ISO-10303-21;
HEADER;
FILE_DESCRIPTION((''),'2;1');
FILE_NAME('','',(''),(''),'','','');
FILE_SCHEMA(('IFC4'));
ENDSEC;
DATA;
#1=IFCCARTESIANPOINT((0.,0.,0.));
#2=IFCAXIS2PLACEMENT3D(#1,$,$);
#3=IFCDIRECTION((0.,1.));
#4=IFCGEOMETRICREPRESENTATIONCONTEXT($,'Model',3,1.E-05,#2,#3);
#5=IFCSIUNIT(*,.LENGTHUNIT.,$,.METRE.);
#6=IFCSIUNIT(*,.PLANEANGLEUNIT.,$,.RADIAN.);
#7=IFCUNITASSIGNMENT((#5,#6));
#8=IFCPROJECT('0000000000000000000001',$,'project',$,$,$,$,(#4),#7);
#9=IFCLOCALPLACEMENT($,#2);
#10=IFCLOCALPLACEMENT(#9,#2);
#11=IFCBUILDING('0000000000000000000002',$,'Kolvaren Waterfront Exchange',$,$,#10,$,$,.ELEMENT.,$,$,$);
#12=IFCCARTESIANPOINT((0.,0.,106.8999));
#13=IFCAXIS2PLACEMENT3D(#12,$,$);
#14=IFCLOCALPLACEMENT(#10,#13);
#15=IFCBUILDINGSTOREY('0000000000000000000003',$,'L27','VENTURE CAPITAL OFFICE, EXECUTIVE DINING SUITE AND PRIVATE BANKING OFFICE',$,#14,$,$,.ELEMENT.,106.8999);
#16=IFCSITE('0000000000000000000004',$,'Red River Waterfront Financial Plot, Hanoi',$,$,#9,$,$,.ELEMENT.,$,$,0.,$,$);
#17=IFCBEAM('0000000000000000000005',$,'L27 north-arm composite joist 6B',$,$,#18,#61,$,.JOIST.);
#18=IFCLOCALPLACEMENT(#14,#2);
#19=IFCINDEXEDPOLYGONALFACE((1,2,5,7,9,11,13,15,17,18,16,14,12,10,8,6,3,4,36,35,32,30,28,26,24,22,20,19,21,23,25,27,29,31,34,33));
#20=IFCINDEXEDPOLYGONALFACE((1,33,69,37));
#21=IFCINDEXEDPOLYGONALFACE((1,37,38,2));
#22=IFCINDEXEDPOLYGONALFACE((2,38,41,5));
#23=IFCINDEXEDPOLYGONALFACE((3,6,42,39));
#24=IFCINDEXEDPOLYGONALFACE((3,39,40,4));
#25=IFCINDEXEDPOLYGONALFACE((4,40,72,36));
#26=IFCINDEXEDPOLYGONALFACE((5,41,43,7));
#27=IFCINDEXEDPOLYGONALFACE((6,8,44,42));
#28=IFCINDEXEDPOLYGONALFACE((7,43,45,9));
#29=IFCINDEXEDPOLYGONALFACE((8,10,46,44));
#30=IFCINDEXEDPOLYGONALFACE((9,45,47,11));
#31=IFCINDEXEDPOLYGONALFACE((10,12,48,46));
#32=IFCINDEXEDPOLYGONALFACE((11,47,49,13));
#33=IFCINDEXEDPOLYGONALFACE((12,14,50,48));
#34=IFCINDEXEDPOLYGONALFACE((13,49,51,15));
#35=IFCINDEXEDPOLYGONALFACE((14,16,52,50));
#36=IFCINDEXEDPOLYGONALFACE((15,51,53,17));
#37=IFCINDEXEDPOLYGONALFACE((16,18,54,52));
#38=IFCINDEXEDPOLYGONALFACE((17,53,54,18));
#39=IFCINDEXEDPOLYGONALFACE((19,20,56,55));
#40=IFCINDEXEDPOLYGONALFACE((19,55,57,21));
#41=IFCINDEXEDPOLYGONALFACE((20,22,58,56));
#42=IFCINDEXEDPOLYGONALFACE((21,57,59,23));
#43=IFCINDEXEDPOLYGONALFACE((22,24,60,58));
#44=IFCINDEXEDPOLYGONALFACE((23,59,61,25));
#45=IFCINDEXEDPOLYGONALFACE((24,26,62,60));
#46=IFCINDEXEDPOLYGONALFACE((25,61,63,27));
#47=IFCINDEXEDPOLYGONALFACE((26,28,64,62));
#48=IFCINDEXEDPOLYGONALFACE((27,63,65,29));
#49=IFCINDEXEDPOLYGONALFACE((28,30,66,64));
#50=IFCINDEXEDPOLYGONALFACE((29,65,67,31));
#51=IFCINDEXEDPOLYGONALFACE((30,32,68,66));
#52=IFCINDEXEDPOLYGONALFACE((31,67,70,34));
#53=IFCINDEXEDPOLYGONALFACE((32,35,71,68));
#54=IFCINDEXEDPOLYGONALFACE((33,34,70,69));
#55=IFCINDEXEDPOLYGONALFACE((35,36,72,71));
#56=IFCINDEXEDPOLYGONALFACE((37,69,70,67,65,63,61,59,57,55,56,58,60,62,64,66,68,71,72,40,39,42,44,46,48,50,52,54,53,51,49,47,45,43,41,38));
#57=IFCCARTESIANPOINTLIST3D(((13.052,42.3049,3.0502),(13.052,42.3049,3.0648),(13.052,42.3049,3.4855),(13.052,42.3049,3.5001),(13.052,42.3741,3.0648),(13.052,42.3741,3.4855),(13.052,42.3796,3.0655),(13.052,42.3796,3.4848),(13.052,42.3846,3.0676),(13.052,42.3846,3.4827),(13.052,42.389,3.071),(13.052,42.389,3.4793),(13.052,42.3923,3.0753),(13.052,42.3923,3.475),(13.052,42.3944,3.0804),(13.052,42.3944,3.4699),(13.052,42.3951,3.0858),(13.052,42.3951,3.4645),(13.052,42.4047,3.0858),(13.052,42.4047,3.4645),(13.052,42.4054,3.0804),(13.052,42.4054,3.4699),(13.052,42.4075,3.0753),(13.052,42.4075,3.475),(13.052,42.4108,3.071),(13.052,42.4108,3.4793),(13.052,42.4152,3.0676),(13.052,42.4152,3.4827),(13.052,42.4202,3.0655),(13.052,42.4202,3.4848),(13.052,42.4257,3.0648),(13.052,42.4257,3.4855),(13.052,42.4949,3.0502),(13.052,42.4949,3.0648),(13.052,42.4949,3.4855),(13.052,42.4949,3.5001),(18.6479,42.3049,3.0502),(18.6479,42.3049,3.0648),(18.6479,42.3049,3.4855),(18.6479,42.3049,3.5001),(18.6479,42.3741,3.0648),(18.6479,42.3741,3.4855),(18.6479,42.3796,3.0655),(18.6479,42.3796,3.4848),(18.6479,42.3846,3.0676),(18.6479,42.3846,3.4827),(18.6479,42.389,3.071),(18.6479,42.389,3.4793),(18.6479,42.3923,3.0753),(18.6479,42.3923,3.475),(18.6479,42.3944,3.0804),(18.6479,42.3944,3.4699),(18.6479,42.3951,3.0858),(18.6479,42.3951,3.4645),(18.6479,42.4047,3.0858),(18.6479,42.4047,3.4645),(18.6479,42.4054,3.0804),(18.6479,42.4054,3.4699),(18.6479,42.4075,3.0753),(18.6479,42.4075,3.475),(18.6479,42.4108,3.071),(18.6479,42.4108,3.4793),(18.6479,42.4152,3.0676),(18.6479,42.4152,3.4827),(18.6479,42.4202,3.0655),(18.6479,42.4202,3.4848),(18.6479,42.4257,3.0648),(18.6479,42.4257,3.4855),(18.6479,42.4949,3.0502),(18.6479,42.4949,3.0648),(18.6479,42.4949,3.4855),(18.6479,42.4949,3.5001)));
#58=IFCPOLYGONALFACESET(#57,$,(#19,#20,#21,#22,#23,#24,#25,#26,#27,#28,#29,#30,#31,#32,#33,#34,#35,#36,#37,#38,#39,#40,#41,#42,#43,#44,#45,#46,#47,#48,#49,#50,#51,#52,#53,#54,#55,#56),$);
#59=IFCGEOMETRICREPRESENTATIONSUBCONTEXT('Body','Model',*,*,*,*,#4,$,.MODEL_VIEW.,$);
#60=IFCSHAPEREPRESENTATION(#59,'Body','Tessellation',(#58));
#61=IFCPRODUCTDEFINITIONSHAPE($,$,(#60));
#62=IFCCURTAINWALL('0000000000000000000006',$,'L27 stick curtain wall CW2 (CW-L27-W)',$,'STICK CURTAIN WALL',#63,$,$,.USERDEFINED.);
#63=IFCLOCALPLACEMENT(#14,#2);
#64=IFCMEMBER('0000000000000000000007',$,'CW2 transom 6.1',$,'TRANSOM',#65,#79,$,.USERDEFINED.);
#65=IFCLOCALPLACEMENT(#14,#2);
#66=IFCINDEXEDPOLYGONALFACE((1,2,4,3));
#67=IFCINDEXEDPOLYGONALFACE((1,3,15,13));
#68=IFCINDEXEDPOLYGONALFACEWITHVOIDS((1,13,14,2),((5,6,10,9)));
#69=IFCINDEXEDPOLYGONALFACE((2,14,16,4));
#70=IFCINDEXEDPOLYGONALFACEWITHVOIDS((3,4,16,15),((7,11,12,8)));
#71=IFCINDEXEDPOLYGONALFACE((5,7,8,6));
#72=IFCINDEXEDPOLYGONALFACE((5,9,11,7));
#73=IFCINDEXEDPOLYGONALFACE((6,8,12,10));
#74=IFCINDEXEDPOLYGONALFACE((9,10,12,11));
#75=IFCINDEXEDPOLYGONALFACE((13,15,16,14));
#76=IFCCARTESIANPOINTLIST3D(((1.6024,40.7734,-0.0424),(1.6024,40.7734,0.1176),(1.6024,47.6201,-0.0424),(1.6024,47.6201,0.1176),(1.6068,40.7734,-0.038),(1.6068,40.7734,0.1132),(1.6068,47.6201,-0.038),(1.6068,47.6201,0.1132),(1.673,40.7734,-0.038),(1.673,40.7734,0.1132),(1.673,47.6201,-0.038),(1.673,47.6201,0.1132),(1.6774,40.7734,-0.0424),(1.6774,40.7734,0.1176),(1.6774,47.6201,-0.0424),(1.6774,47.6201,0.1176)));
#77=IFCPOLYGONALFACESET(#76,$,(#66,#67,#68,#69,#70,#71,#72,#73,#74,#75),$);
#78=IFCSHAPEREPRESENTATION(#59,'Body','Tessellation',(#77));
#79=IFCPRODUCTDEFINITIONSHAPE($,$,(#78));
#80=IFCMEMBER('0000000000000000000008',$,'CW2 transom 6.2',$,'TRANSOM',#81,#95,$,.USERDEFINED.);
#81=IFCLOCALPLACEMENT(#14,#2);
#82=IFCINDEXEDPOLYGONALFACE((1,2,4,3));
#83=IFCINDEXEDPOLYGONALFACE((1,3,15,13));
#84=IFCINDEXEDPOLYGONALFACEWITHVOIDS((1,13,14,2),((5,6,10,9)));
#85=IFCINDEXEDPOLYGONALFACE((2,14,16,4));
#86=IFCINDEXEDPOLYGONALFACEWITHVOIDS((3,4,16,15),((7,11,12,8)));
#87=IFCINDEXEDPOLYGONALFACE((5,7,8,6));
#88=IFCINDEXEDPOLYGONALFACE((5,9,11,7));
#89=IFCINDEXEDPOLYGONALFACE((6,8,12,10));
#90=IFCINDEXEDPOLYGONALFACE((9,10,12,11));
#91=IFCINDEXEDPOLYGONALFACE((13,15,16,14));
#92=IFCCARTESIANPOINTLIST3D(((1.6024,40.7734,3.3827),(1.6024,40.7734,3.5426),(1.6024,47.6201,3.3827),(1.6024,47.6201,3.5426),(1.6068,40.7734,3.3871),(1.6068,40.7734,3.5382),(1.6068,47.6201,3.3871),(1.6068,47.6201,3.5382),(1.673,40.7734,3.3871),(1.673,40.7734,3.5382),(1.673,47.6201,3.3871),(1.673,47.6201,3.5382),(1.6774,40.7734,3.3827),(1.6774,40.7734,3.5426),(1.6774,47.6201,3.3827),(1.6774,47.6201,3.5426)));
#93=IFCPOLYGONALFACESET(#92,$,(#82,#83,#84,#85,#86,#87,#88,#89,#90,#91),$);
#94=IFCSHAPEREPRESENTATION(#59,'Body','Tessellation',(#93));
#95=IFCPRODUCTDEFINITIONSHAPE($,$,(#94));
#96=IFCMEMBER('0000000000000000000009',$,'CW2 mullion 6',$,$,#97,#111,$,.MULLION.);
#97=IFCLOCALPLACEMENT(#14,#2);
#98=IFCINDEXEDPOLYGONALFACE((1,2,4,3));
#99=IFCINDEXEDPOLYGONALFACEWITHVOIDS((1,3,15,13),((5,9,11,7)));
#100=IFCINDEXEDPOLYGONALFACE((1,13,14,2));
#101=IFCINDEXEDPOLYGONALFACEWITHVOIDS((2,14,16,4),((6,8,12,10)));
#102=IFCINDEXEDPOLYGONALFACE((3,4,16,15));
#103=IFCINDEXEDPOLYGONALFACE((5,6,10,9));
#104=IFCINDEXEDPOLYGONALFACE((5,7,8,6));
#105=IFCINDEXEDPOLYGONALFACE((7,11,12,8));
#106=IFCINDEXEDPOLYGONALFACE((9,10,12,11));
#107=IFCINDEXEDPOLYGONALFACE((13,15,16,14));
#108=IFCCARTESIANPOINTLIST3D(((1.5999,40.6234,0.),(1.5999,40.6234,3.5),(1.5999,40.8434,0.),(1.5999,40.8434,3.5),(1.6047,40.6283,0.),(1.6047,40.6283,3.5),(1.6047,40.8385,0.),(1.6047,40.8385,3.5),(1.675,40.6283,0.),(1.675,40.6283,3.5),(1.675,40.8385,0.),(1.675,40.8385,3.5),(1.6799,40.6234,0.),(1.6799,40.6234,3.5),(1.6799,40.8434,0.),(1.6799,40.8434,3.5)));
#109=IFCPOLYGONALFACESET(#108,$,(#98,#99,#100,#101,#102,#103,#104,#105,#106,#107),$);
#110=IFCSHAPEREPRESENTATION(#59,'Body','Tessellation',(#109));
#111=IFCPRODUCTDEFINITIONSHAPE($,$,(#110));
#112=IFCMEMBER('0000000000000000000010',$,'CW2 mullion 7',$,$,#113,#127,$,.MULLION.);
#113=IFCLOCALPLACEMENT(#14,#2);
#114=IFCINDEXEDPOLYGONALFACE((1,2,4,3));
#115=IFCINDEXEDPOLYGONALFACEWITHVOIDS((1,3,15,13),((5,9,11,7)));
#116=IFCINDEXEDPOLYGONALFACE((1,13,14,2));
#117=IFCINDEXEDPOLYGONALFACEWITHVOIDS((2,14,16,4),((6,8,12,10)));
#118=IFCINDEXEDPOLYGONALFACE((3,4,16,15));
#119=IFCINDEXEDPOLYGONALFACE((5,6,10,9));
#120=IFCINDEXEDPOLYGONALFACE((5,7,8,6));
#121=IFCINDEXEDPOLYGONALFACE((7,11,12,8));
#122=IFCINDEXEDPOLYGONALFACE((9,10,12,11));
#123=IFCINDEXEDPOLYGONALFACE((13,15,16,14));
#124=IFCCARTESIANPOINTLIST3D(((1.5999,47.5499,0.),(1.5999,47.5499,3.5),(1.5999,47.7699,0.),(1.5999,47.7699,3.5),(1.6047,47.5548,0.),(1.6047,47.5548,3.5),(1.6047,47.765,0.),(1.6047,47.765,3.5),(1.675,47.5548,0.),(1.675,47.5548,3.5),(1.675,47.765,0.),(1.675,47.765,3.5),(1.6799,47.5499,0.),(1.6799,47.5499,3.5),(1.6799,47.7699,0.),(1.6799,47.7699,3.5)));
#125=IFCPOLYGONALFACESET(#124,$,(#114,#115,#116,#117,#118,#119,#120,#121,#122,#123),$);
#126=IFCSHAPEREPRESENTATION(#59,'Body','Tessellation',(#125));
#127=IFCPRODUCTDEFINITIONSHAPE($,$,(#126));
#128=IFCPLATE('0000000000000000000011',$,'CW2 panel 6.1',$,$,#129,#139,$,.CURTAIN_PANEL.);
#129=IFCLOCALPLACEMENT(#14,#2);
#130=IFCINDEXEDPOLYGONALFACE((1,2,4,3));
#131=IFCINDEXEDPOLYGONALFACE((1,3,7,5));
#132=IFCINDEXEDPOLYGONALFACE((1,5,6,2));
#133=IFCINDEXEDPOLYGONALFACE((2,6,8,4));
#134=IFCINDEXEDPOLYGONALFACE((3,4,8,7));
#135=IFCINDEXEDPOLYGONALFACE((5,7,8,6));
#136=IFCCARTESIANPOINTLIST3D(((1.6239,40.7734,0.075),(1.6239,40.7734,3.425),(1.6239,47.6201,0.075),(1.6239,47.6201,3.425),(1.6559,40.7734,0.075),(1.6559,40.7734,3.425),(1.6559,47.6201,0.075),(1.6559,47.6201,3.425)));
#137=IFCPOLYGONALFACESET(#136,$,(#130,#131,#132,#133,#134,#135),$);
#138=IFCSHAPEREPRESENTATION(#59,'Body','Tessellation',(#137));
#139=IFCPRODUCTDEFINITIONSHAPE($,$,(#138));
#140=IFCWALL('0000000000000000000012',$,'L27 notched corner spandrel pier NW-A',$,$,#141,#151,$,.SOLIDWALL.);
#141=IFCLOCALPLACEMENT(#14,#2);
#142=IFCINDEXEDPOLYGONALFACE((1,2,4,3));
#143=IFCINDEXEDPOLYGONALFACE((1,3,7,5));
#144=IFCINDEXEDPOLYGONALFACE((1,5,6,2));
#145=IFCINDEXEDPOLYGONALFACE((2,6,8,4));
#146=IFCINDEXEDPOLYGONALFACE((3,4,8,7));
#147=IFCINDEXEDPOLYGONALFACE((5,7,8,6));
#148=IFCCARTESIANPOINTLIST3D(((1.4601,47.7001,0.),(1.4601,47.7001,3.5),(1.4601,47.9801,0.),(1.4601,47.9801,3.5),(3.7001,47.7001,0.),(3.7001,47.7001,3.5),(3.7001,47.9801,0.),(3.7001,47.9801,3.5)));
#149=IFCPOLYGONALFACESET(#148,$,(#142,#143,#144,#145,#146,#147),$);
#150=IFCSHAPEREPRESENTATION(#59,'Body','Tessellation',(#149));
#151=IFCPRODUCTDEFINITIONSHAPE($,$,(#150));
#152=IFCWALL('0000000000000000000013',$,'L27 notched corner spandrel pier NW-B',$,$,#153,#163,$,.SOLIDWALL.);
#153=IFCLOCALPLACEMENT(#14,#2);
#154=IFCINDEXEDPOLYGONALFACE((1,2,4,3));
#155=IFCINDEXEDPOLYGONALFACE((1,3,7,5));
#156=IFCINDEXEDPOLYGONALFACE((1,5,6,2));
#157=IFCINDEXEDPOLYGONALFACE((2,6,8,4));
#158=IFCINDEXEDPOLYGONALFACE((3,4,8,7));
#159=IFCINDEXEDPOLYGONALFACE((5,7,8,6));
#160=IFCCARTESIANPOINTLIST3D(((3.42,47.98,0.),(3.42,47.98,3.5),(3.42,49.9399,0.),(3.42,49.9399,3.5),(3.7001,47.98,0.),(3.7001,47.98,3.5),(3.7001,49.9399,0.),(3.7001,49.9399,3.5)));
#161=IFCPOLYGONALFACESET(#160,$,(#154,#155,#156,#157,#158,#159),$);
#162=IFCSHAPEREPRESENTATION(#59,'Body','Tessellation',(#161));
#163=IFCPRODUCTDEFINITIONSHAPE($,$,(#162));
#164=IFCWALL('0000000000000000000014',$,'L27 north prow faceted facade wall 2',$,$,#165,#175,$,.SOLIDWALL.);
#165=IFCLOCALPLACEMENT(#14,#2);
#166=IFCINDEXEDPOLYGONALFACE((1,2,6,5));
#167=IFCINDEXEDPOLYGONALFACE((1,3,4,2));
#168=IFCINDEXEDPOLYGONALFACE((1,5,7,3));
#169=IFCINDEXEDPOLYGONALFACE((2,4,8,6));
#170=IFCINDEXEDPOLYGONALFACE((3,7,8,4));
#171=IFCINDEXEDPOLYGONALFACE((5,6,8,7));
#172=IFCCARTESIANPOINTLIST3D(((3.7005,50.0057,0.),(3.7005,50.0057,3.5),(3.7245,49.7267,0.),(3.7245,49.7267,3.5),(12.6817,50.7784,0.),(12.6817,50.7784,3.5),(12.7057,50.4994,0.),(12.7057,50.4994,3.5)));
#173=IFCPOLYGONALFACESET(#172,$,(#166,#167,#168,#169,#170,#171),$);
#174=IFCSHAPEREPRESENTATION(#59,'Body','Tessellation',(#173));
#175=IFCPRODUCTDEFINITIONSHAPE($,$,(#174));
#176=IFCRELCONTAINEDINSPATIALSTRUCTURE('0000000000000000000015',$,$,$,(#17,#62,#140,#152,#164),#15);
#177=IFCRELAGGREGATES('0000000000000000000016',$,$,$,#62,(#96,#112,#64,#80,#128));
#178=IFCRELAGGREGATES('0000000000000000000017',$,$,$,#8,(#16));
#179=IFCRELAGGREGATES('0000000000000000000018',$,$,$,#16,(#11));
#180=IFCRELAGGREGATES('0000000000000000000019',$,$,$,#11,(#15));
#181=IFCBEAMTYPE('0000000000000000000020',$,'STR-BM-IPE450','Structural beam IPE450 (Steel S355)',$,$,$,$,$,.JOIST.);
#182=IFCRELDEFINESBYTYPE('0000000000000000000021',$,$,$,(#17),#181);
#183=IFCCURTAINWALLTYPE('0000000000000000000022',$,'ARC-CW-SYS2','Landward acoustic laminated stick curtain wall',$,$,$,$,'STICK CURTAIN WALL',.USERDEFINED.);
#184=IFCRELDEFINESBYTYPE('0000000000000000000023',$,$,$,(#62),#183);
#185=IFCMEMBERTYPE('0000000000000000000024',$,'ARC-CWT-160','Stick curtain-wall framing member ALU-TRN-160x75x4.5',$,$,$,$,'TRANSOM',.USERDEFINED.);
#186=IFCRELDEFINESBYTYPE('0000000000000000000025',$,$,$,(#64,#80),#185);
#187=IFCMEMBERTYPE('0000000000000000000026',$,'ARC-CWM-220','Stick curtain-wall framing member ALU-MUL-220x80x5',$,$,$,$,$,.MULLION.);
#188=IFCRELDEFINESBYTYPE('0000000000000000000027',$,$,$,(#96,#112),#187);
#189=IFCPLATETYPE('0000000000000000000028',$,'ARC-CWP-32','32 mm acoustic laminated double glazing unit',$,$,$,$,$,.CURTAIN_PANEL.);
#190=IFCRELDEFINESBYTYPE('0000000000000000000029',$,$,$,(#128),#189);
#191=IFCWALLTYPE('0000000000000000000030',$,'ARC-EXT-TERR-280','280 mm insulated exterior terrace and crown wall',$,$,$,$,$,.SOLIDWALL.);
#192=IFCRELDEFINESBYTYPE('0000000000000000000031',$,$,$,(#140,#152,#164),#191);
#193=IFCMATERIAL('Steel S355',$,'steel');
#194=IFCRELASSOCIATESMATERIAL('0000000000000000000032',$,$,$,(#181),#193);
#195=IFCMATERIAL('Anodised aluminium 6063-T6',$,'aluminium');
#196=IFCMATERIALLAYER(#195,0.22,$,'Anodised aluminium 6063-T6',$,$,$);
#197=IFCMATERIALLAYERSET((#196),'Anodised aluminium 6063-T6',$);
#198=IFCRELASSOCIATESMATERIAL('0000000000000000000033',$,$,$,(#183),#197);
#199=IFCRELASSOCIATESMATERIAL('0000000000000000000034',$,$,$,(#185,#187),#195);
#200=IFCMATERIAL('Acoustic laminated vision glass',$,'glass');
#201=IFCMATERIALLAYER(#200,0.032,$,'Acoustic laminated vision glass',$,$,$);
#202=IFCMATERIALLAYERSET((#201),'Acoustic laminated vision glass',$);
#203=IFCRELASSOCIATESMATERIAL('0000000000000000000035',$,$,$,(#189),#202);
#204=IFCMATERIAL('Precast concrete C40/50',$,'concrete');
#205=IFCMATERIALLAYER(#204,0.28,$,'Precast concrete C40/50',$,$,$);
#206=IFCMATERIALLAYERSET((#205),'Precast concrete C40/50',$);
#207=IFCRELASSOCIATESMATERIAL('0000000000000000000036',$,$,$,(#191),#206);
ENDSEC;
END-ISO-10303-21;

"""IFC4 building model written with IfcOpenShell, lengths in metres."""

from ifc_helpers import new_model, si_unit, direction, frame, frame_2d, origin, origin_with_axes, origin_2d, place, context, subcontext, project, spatial, rectangle, hollow_rectangle, i_section, extrude, source, transform, mapped, material, layer, layer_set, material_profile, profile_set, type_object, element, aggregate, save


model = new_model("IFC4")

# Units and contexts
model_context = context("Model", 3, precision=1e-05, world=origin(), true_north=direction((0.0, 1.0)))
body_context = subcontext(model_context, "Body", "Model", "MODEL_VIEW")
ifc_project = project(units=[si_unit("LENGTHUNIT", "METRE"), si_unit("PLANEANGLEUNIT", "RADIAN")], contexts=[model_context])

# Site, building, storey
site_placement = place(None, origin())
site = spatial("IfcSite", under=ifc_project, at=site_placement, Name="Red River Waterfront Financial Plot, Hanoi", CompositionType="ELEMENT", RefElevation=0.0)
building_placement = place(site_placement, origin())
building = spatial("IfcBuilding", under=site, at=building_placement, Name="Kolvaren Waterfront Exchange", CompositionType="ELEMENT")
storey_placement = place(building_placement, frame((0.0, 0.0, 106.8999)))
storey = spatial("IfcBuildingStorey", under=building, at=storey_placement, Name="L27", Description="VENTURE CAPITAL OFFICE, EXECUTIVE DINING SUITE AND PRIVATE BANKING OFFICE", CompositionType="ELEMENT", Elevation=106.8999)

# Beam
ifc_material_1 = material(Name="Steel S355", Category="steel")
ifc_material_profile_1 = material_profile(ifc_material_1, i_section(OverallWidth=0.1899, OverallDepth=0.45, WebThickness=0.0095, FlangeThickness=0.0146, FilletRadius=0.021, at=origin_2d()), Name="IPE450")
ifc_profile_set_1 = profile_set([ifc_material_profile_1], Name="Steel S355")
beam_type_1 = type_object("IfcBeamType", Name="STR-BM-IPE450", Description="Structural beam IPE450 (Steel S355)", PredefinedType="JOIST", material=ifc_profile_set_1)
beam_1_placement = place(storey_placement, frame((13.052, 42.3999, 3.2751), z_axis=(1.0, 0.0, 0.0), x_axis=(0.0, 1.0, 0.0)))
element("IfcBeam", 1, at=beam_1_placement, inside=storey, type_object=beam_type_1, Name="L27 north-arm composite joist 6B", PredefinedType="JOIST", context=body_context, shape_type="SweptSolid", body=[
    extrude(i_section(OverallWidth=0.1899, OverallDepth=0.45, WebThickness=0.0095, FlangeThickness=0.0146, FilletRadius=0.021, at=origin_2d()), origin(), (0.0, 0.0, 1.0), 5.5959),
])

# Curtain wall, members, plate
ifc_material_2 = material(Name="Anodised aluminium 6063-T6", Category="aluminium")
ifc_layer_1 = layer(ifc_material_2, 0.22, Name="Anodised aluminium 6063-T6")
ifc_layer_set_1 = layer_set([ifc_layer_1], Name="Anodised aluminium 6063-T6")
curtain_wall_type = type_object("IfcCurtainWallType", Name="ARC-CW-SYS2", Description="Landward acoustic laminated stick curtain wall", ElementType="STICK CURTAIN WALL", PredefinedType="USERDEFINED", material=ifc_layer_set_1)
curtain_wall_placement = place(storey_placement, origin())
curtain_wall = element("IfcCurtainWall", 2, at=curtain_wall_placement, inside=storey, type_object=curtain_wall_type, Name="L27 stick curtain wall CW2 (CW-L27-W)", ObjectType="STICK CURTAIN WALL", PredefinedType="USERDEFINED")
ifc_material_profile_2 = material_profile(ifc_material_2, hollow_rectangle(XDim=0.075, YDim=0.1599, WallThickness=0.0044, at=origin_2d()), Name="ALU-TRN-160x75x4.5")
ifc_profile_set_2 = profile_set([ifc_material_profile_2], Name="Anodised aluminium 6063-T6")
member_type_1 = type_object("IfcMemberType", Name="ARC-CWT-160", Description="Stick curtain-wall framing member ALU-TRN-160x75x4.5", ElementType="TRANSOM", PredefinedType="USERDEFINED", material=ifc_profile_set_2)
shared_shape_1 = source(origin_with_axes(), body_context, "Body", "SweptSolid", [
    extrude(hollow_rectangle(XDim=0.075, YDim=0.1599, WallThickness=0.0044, at=origin_2d()), origin(), (0.0, 0.0, 1.0), 6.8467),
])
member_1_placement = place(storey_placement, frame((1.6399, 40.7734, 0.0376), z_axis=(0.0, 1.0, 0.0), x_axis=(-1.0, 0.0, 0.0)))
member_1 = element("IfcMember", 3, at=member_1_placement, type_object=member_type_1, Name="CW2 transom 6.1", ObjectType="TRANSOM", PredefinedType="USERDEFINED", context=body_context, shape_type="MappedRepresentation", body=[
    mapped(shared_shape_1, transform((0.0, 0.0, 0.0), x_axis=(1.0, 0.0, 0.0), y_axis=(0.0, 1.0, 0.0), z_axis=(0.0, 0.0, 1.0), scale=1.0)),
])
member_2_placement = place(storey_placement, frame((1.6399, 40.7734, 3.4626), z_axis=(0.0, 1.0, 0.0), x_axis=(-1.0, 0.0, 0.0)))
member_2 = element("IfcMember", 4, at=member_2_placement, type_object=member_type_1, Name="CW2 transom 6.2", ObjectType="TRANSOM", PredefinedType="USERDEFINED", context=body_context, shape_type="MappedRepresentation", body=[
    mapped(shared_shape_1, transform((0.0, 0.0, 0.0), x_axis=(1.0, 0.0, 0.0), y_axis=(0.0, 1.0, 0.0), z_axis=(0.0, 0.0, 1.0), scale=1.0)),
])
ifc_material_profile_3 = material_profile(ifc_material_2, hollow_rectangle(XDim=0.0801, YDim=0.22, WallThickness=0.0049, at=origin_2d()), Name="ALU-MUL-220x80x5")
ifc_profile_set_3 = profile_set([ifc_material_profile_3], Name="Anodised aluminium 6063-T6")
member_type_2 = type_object("IfcMemberType", Name="ARC-CWM-220", Description="Stick curtain-wall framing member ALU-MUL-220x80x5", PredefinedType="MULLION", material=ifc_profile_set_3)
shared_shape_2 = source(origin_with_axes(), body_context, "Body", "SweptSolid", [
    extrude(hollow_rectangle(XDim=0.0801, YDim=0.22, WallThickness=0.0049, at=origin_2d()), origin(), (0.0, 0.0, 1.0), 3.5),
])
member_3_placement = place(storey_placement, frame((1.6399, 40.7334, 0.0), z_axis=(0.0, 0.0, 1.0), x_axis=(-1.0, 0.0, 0.0)))
member_3 = element("IfcMember", 5, at=member_3_placement, type_object=member_type_2, Name="CW2 mullion 6", PredefinedType="MULLION", context=body_context, shape_type="MappedRepresentation", body=[
    mapped(shared_shape_2, transform((0.0, 0.0, 0.0), x_axis=(1.0, 0.0, 0.0), y_axis=(0.0, 1.0, 0.0), z_axis=(0.0, 0.0, 1.0), scale=1.0)),
])
member_4_placement = place(storey_placement, frame((1.6399, 47.6599, 0.0), z_axis=(0.0, 0.0, 1.0), x_axis=(-1.0, 0.0, 0.0)))
member_4 = element("IfcMember", 6, at=member_4_placement, type_object=member_type_2, Name="CW2 mullion 7", PredefinedType="MULLION", context=body_context, shape_type="MappedRepresentation", body=[
    mapped(shared_shape_2, transform((0.0, 0.0, 0.0), x_axis=(1.0, 0.0, 0.0), y_axis=(0.0, 1.0, 0.0), z_axis=(0.0, 0.0, 1.0), scale=1.0)),
])
ifc_material_3 = material(Name="Acoustic laminated vision glass", Category="glass")
ifc_layer_2 = layer(ifc_material_3, 0.032, Name="Acoustic laminated vision glass")
ifc_layer_set_2 = layer_set([ifc_layer_2], Name="Acoustic laminated vision glass")
plate_type = type_object("IfcPlateType", Name="ARC-CWP-32", Description="32 mm acoustic laminated double glazing unit", PredefinedType="CURTAIN_PANEL", material=ifc_layer_set_2)
shared_shape_3 = source(origin_with_axes(), body_context, "Body", "SweptSolid", [
    extrude(rectangle(XDim=6.8467, YDim=0.032, at=origin_2d()), origin(), (0.0, 0.0, 1.0), 3.3501),
])
plate_placement = place(storey_placement, frame((1.6399, 44.1968, 0.075), z_axis=(0.0, 0.0, 1.0), x_axis=(0.0, 1.0, 0.0)))
plate = element("IfcPlate", 7, at=plate_placement, type_object=plate_type, Name="CW2 panel 6.1", PredefinedType="CURTAIN_PANEL", context=body_context, shape_type="MappedRepresentation", body=[
    mapped(shared_shape_3, transform((0.0, 0.0, 0.0), x_axis=(1.0, 0.0, 0.0), y_axis=(0.0, 1.0, 0.0), z_axis=(0.0, 0.0, 1.0), scale=1.0)),
])
aggregate(curtain_wall, [member_3, member_4, member_1, member_2, plate])

# Walls
ifc_material_4 = material(Name="Precast concrete C40/50", Category="concrete")
ifc_layer_3 = layer(ifc_material_4, 0.28, Name="Precast concrete C40/50")
ifc_layer_set_3 = layer_set([ifc_layer_3], Name="Precast concrete C40/50")
wall_type_1 = type_object("IfcWallType", Name="ARC-EXT-TERR-280", Description="280 mm insulated exterior terrace and crown wall", PredefinedType="SOLIDWALL", material=ifc_layer_set_3)
wall_1_placement = place(storey_placement, frame((1.46, 47.8401, 0.0), z_axis=(0.0, 0.0, 1.0), x_axis=(1.0, 0.0, 0.0)))
element("IfcWall", 8, at=wall_1_placement, inside=storey, type_object=wall_type_1, Name="L27 notched corner spandrel pier NW-A", PredefinedType="SOLIDWALL", context=body_context, shape_type="SweptSolid", body=[
    extrude(rectangle(XDim=2.24, YDim=0.28, at=frame_2d((1.1201, 0.0))), origin(), (0.0, 0.0, 1.0), 3.5),
])
wall_2_placement = place(storey_placement, frame((3.5601, 47.98, 0.0), z_axis=(0.0, 0.0, 1.0), x_axis=(0.0, 1.0, 0.0)))
element("IfcWall", 9, at=wall_2_placement, inside=storey, type_object=wall_type_1, Name="L27 notched corner spandrel pier NW-B", PredefinedType="SOLIDWALL", context=body_context, shape_type="SweptSolid", body=[
    extrude(rectangle(XDim=1.96, YDim=0.28, at=frame_2d((0.98, 0.0))), origin(), (0.0, 0.0, 1.0), 3.5),
])
wall_3_placement = place(storey_placement, frame((12.6938, 50.6389, 0.0), z_axis=(0.0, 0.0, 1.0), x_axis=(-0.996319, -0.085719, 0.0)))
element("IfcWall", 10, at=wall_3_placement, inside=storey, type_object=wall_type_1, Name="L27 north prow faceted facade wall 2", PredefinedType="SOLIDWALL", context=body_context, shape_type="SweptSolid", body=[
    extrude(rectangle(XDim=9.0144, YDim=0.28, at=frame_2d((4.5073, 0.0))), origin(), (0.0, 0.0, 1.0), 3.5),
])

save(model, "model.ifc")
